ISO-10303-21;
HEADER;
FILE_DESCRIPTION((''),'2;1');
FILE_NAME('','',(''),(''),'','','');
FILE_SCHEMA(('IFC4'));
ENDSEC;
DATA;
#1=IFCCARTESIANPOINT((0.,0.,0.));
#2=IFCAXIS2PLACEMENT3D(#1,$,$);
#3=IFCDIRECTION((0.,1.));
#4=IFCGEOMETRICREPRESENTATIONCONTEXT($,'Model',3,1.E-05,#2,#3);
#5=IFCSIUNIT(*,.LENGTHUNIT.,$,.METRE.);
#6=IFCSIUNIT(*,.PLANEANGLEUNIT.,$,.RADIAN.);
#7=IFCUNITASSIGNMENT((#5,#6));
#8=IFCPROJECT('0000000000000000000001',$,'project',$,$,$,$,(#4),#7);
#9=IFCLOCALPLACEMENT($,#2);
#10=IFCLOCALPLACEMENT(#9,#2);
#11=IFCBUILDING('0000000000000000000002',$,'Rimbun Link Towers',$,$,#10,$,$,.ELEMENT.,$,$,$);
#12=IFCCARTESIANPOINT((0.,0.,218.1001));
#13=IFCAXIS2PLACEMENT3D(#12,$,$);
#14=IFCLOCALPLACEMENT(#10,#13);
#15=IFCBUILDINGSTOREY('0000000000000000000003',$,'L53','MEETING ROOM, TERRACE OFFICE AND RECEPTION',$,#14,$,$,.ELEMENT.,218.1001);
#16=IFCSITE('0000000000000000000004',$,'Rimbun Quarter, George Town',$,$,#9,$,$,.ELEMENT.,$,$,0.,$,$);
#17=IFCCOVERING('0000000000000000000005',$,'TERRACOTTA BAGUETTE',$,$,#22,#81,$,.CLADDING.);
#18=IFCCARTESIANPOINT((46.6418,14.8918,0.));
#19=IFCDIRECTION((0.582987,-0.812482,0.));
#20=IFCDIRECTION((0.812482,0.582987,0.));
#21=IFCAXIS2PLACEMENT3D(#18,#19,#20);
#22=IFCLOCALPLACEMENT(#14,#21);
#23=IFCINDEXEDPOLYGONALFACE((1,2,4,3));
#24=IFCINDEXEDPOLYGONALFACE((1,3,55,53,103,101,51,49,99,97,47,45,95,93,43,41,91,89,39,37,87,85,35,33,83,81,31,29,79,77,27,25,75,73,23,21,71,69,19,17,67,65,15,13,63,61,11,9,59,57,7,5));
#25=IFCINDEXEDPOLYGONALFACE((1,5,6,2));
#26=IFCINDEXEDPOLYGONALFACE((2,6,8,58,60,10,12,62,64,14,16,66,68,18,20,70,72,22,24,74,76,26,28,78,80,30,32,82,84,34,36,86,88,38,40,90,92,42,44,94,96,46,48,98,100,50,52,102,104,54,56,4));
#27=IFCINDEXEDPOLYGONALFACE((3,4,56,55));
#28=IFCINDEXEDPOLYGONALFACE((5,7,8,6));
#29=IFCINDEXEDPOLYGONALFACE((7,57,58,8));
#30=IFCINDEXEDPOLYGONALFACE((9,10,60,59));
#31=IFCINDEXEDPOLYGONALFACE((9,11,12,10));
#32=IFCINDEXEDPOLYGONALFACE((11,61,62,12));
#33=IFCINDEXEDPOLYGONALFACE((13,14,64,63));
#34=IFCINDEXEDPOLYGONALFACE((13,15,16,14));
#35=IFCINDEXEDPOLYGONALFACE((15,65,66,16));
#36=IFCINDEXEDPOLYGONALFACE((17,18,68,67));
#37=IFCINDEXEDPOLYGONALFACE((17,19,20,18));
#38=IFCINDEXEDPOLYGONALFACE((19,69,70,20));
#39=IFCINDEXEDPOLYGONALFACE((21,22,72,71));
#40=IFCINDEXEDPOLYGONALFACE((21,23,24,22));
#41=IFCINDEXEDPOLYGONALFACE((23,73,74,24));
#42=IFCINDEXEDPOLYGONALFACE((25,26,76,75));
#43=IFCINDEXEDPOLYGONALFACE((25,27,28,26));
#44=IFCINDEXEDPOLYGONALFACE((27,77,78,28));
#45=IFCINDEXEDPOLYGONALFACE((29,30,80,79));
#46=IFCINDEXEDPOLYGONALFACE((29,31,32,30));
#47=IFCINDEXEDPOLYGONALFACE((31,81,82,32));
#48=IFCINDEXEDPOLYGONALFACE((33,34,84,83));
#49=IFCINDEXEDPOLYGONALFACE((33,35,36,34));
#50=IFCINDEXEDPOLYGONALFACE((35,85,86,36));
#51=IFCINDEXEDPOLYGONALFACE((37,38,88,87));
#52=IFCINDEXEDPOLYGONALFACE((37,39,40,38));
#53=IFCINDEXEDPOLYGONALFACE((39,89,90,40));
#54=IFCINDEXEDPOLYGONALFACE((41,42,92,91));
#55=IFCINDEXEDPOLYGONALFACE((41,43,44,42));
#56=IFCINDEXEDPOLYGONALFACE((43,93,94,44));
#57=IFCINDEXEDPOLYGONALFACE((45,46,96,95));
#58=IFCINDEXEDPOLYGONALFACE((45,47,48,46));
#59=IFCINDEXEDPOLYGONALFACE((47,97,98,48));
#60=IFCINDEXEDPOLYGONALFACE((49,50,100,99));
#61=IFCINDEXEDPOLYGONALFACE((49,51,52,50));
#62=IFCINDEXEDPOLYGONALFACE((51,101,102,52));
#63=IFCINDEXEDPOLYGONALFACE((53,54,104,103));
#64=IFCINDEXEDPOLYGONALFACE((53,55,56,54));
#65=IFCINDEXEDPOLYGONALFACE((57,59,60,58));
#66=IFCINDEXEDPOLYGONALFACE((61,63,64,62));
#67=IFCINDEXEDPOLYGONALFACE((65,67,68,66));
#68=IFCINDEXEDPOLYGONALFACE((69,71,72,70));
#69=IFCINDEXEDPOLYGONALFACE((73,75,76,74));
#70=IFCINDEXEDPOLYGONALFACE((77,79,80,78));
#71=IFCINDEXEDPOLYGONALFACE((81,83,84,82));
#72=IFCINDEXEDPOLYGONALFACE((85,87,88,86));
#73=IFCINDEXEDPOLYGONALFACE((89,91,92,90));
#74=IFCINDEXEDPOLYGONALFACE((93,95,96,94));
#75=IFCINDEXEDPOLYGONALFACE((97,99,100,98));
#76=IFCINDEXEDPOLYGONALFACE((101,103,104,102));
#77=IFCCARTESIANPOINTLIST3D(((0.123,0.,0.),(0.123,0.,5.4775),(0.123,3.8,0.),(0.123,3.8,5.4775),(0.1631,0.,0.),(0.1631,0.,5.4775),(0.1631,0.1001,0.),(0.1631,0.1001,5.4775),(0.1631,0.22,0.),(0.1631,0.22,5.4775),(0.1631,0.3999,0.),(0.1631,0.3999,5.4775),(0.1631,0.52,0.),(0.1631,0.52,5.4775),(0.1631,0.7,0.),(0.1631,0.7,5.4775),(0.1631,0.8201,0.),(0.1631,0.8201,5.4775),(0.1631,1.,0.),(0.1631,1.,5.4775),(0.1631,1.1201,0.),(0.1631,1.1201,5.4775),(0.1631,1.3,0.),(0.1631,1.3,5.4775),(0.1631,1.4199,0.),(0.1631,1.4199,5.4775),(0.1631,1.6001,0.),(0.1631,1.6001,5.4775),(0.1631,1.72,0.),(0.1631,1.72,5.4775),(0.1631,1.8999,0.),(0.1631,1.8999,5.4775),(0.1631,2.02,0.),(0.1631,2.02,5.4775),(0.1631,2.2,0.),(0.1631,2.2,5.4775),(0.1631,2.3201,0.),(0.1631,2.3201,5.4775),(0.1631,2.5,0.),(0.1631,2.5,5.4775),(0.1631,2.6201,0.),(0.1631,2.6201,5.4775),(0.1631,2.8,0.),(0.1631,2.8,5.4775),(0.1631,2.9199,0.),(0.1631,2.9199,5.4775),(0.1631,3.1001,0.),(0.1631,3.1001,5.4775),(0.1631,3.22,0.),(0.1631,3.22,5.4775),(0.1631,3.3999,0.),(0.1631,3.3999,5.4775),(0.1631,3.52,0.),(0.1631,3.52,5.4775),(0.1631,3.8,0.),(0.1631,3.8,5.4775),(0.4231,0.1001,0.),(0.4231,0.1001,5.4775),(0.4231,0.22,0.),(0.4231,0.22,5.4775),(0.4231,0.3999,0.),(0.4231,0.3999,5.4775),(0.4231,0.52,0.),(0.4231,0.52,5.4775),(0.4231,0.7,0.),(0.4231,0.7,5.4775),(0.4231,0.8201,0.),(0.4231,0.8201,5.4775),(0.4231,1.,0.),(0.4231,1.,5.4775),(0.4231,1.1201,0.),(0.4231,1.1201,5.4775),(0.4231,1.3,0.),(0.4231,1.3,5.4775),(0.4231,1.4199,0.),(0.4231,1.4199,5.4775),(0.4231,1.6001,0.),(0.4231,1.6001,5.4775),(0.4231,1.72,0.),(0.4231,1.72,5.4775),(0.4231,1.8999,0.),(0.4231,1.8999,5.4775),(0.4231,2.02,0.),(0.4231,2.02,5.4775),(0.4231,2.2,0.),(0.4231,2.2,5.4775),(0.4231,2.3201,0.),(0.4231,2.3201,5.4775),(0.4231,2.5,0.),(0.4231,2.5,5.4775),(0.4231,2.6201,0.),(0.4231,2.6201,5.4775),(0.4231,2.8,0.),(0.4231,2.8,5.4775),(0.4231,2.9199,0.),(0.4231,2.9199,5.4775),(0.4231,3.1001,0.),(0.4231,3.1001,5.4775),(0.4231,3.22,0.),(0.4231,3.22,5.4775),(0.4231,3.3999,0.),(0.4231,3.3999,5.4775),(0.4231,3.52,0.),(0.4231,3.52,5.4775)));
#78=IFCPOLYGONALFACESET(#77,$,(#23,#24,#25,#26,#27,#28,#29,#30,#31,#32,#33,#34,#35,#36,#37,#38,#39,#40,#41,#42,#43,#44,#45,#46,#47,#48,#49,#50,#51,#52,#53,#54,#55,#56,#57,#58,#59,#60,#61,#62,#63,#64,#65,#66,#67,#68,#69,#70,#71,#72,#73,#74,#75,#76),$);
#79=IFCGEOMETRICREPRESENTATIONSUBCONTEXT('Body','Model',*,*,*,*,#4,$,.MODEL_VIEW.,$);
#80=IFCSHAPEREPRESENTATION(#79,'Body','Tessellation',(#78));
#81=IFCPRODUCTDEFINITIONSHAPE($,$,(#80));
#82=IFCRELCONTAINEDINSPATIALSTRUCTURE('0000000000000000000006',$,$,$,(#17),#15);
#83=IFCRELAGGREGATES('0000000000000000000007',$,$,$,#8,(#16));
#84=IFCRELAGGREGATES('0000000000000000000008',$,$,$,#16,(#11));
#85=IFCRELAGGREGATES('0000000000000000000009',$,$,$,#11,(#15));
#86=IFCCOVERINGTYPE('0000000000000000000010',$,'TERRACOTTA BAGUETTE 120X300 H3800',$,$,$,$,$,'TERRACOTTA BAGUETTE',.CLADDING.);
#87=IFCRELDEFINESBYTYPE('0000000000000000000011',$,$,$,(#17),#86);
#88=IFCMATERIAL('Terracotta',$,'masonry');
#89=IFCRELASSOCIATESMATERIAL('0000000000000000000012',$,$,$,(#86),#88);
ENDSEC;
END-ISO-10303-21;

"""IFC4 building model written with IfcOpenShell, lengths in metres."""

from ifc_helpers import new_model, si_unit, direction, frame, origin, place, context, subcontext, project, spatial, polyline, outline, extrude, material, material_profile, profile_set, type_object, element, save


model = new_model("IFC4")

# Units and contexts
model_context = context("Model", 3, precision=1e-05, world=origin(), true_north=direction((0.0, 1.0)))
body_context = subcontext(model_context, "Body", "Model", "MODEL_VIEW")
ifc_project = project(units=[si_unit("LENGTHUNIT", "METRE"), si_unit("PLANEANGLEUNIT", "RADIAN")], contexts=[model_context])

# Site, building, storey
site_placement = place(None, origin())
site = spatial("IfcSite", under=ifc_project, at=site_placement, Name="Rimbun Quarter, George Town", CompositionType="ELEMENT", RefElevation=0.0)
building_placement = place(site_placement, origin())
building = spatial("IfcBuilding", under=site, at=building_placement, Name="Rimbun Link Towers", CompositionType="ELEMENT")
storey_placement = place(building_placement, frame((0.0, 0.0, 218.1001)))
storey = spatial("IfcBuildingStorey", under=building, at=storey_placement, Name="L53", Description="MEETING ROOM, TERRACE OFFICE AND RECEPTION", CompositionType="ELEMENT", Elevation=218.1001)

# Covering
ifc_material_1 = material(Name="Terracotta", Category="masonry")
ifc_material_profile_1 = material_profile(ifc_material_1, outline(polyline([(0.123, 0.0), (0.1631, 0.0), (0.1631, 0.1001), (0.4231, 0.1001), (0.4231, 0.22), (0.1631, 0.22), (0.1631, 0.3999), (0.4231, 0.3999), (0.4231, 0.52), (0.1631, 0.52), (0.1631, 0.7), (0.4231, 0.7), (0.4231, 0.8201), (0.1631, 0.8201), (0.1631, 1.0), (0.4231, 1.0), (0.4231, 1.1201), (0.1631, 1.1201), (0.1631, 1.3), (0.4231, 1.3), (0.4231, 1.4199), (0.1631, 1.4199), (0.1631, 1.6001), (0.4231, 1.6001), (0.4231, 1.72), (0.1631, 1.72), (0.1631, 1.8999), (0.4231, 1.8999), (0.4231, 2.02), (0.1631, 2.02), (0.1631, 2.2), (0.4231, 2.2), (0.4231, 2.3201), (0.1631, 2.3201), (0.1631, 2.5), (0.4231, 2.5), (0.4231, 2.6201), (0.1631, 2.6201), (0.1631, 2.8), (0.4231, 2.8), (0.4231, 2.9199), (0.1631, 2.9199), (0.1631, 3.1001), (0.4231, 3.1001), (0.4231, 3.22), (0.1631, 3.22), (0.1631, 3.3999), (0.4231, 3.3999), (0.4231, 3.52), (0.1631, 3.52), (0.1631, 3.8), (0.123, 3.8), (0.123, 0.0)])), Name="BAGUETTE 120X300")
ifc_profile_set_1 = profile_set([ifc_material_profile_1], Name="Terracotta")
covering_type = type_object("IfcCoveringType", Name="TERRACOTTA BAGUETTE 120X300 H3800", ElementType="TERRACOTTA BAGUETTE", PredefinedType="CLADDING", material=ifc_profile_set_1)
covering_1_placement = place(storey_placement, frame((46.6418, 14.8918, 0.0), z_axis=(0.582987, -0.812482, 0.0), x_axis=(0.812482, 0.582987, 0.0)))
element("IfcCovering", 1, at=covering_1_placement, inside=storey, type_object=covering_type, Name="TERRACOTTA BAGUETTE", PredefinedType="CLADDING", context=body_context, shape_type="SweptSolid", body=[
    extrude(outline(polyline([(0.123, 0.0), (0.1631, 0.0), (0.1631, 0.1001), (0.4231, 0.1001), (0.4231, 0.22), (0.1631, 0.22), (0.1631, 0.3999), (0.4231, 0.3999), (0.4231, 0.52), (0.1631, 0.52), (0.1631, 0.7), (0.4231, 0.7), (0.4231, 0.8201), (0.1631, 0.8201), (0.1631, 1.0), (0.4231, 1.0), (0.4231, 1.1201), (0.1631, 1.1201), (0.1631, 1.3), (0.4231, 1.3), (0.4231, 1.4199), (0.1631, 1.4199), (0.1631, 1.6001), (0.4231, 1.6001), (0.4231, 1.72), (0.1631, 1.72), (0.1631, 1.8999), (0.4231, 1.8999), (0.4231, 2.02), (0.1631, 2.02), (0.1631, 2.2), (0.4231, 2.2), (0.4231, 2.3201), (0.1631, 2.3201), (0.1631, 2.5), (0.4231, 2.5), (0.4231, 2.6201), (0.1631, 2.6201), (0.1631, 2.8), (0.4231, 2.8), (0.4231, 2.9199), (0.1631, 2.9199), (0.1631, 3.1001), (0.4231, 3.1001), (0.4231, 3.22), (0.1631, 3.22), (0.1631, 3.3999), (0.4231, 3.3999), (0.4231, 3.52), (0.1631, 3.52), (0.1631, 3.8), (0.123, 3.8), (0.123, 0.0)])), origin(), (0.0, 0.0, 1.0), 5.4775),
])

save(model, "model.ifc")
